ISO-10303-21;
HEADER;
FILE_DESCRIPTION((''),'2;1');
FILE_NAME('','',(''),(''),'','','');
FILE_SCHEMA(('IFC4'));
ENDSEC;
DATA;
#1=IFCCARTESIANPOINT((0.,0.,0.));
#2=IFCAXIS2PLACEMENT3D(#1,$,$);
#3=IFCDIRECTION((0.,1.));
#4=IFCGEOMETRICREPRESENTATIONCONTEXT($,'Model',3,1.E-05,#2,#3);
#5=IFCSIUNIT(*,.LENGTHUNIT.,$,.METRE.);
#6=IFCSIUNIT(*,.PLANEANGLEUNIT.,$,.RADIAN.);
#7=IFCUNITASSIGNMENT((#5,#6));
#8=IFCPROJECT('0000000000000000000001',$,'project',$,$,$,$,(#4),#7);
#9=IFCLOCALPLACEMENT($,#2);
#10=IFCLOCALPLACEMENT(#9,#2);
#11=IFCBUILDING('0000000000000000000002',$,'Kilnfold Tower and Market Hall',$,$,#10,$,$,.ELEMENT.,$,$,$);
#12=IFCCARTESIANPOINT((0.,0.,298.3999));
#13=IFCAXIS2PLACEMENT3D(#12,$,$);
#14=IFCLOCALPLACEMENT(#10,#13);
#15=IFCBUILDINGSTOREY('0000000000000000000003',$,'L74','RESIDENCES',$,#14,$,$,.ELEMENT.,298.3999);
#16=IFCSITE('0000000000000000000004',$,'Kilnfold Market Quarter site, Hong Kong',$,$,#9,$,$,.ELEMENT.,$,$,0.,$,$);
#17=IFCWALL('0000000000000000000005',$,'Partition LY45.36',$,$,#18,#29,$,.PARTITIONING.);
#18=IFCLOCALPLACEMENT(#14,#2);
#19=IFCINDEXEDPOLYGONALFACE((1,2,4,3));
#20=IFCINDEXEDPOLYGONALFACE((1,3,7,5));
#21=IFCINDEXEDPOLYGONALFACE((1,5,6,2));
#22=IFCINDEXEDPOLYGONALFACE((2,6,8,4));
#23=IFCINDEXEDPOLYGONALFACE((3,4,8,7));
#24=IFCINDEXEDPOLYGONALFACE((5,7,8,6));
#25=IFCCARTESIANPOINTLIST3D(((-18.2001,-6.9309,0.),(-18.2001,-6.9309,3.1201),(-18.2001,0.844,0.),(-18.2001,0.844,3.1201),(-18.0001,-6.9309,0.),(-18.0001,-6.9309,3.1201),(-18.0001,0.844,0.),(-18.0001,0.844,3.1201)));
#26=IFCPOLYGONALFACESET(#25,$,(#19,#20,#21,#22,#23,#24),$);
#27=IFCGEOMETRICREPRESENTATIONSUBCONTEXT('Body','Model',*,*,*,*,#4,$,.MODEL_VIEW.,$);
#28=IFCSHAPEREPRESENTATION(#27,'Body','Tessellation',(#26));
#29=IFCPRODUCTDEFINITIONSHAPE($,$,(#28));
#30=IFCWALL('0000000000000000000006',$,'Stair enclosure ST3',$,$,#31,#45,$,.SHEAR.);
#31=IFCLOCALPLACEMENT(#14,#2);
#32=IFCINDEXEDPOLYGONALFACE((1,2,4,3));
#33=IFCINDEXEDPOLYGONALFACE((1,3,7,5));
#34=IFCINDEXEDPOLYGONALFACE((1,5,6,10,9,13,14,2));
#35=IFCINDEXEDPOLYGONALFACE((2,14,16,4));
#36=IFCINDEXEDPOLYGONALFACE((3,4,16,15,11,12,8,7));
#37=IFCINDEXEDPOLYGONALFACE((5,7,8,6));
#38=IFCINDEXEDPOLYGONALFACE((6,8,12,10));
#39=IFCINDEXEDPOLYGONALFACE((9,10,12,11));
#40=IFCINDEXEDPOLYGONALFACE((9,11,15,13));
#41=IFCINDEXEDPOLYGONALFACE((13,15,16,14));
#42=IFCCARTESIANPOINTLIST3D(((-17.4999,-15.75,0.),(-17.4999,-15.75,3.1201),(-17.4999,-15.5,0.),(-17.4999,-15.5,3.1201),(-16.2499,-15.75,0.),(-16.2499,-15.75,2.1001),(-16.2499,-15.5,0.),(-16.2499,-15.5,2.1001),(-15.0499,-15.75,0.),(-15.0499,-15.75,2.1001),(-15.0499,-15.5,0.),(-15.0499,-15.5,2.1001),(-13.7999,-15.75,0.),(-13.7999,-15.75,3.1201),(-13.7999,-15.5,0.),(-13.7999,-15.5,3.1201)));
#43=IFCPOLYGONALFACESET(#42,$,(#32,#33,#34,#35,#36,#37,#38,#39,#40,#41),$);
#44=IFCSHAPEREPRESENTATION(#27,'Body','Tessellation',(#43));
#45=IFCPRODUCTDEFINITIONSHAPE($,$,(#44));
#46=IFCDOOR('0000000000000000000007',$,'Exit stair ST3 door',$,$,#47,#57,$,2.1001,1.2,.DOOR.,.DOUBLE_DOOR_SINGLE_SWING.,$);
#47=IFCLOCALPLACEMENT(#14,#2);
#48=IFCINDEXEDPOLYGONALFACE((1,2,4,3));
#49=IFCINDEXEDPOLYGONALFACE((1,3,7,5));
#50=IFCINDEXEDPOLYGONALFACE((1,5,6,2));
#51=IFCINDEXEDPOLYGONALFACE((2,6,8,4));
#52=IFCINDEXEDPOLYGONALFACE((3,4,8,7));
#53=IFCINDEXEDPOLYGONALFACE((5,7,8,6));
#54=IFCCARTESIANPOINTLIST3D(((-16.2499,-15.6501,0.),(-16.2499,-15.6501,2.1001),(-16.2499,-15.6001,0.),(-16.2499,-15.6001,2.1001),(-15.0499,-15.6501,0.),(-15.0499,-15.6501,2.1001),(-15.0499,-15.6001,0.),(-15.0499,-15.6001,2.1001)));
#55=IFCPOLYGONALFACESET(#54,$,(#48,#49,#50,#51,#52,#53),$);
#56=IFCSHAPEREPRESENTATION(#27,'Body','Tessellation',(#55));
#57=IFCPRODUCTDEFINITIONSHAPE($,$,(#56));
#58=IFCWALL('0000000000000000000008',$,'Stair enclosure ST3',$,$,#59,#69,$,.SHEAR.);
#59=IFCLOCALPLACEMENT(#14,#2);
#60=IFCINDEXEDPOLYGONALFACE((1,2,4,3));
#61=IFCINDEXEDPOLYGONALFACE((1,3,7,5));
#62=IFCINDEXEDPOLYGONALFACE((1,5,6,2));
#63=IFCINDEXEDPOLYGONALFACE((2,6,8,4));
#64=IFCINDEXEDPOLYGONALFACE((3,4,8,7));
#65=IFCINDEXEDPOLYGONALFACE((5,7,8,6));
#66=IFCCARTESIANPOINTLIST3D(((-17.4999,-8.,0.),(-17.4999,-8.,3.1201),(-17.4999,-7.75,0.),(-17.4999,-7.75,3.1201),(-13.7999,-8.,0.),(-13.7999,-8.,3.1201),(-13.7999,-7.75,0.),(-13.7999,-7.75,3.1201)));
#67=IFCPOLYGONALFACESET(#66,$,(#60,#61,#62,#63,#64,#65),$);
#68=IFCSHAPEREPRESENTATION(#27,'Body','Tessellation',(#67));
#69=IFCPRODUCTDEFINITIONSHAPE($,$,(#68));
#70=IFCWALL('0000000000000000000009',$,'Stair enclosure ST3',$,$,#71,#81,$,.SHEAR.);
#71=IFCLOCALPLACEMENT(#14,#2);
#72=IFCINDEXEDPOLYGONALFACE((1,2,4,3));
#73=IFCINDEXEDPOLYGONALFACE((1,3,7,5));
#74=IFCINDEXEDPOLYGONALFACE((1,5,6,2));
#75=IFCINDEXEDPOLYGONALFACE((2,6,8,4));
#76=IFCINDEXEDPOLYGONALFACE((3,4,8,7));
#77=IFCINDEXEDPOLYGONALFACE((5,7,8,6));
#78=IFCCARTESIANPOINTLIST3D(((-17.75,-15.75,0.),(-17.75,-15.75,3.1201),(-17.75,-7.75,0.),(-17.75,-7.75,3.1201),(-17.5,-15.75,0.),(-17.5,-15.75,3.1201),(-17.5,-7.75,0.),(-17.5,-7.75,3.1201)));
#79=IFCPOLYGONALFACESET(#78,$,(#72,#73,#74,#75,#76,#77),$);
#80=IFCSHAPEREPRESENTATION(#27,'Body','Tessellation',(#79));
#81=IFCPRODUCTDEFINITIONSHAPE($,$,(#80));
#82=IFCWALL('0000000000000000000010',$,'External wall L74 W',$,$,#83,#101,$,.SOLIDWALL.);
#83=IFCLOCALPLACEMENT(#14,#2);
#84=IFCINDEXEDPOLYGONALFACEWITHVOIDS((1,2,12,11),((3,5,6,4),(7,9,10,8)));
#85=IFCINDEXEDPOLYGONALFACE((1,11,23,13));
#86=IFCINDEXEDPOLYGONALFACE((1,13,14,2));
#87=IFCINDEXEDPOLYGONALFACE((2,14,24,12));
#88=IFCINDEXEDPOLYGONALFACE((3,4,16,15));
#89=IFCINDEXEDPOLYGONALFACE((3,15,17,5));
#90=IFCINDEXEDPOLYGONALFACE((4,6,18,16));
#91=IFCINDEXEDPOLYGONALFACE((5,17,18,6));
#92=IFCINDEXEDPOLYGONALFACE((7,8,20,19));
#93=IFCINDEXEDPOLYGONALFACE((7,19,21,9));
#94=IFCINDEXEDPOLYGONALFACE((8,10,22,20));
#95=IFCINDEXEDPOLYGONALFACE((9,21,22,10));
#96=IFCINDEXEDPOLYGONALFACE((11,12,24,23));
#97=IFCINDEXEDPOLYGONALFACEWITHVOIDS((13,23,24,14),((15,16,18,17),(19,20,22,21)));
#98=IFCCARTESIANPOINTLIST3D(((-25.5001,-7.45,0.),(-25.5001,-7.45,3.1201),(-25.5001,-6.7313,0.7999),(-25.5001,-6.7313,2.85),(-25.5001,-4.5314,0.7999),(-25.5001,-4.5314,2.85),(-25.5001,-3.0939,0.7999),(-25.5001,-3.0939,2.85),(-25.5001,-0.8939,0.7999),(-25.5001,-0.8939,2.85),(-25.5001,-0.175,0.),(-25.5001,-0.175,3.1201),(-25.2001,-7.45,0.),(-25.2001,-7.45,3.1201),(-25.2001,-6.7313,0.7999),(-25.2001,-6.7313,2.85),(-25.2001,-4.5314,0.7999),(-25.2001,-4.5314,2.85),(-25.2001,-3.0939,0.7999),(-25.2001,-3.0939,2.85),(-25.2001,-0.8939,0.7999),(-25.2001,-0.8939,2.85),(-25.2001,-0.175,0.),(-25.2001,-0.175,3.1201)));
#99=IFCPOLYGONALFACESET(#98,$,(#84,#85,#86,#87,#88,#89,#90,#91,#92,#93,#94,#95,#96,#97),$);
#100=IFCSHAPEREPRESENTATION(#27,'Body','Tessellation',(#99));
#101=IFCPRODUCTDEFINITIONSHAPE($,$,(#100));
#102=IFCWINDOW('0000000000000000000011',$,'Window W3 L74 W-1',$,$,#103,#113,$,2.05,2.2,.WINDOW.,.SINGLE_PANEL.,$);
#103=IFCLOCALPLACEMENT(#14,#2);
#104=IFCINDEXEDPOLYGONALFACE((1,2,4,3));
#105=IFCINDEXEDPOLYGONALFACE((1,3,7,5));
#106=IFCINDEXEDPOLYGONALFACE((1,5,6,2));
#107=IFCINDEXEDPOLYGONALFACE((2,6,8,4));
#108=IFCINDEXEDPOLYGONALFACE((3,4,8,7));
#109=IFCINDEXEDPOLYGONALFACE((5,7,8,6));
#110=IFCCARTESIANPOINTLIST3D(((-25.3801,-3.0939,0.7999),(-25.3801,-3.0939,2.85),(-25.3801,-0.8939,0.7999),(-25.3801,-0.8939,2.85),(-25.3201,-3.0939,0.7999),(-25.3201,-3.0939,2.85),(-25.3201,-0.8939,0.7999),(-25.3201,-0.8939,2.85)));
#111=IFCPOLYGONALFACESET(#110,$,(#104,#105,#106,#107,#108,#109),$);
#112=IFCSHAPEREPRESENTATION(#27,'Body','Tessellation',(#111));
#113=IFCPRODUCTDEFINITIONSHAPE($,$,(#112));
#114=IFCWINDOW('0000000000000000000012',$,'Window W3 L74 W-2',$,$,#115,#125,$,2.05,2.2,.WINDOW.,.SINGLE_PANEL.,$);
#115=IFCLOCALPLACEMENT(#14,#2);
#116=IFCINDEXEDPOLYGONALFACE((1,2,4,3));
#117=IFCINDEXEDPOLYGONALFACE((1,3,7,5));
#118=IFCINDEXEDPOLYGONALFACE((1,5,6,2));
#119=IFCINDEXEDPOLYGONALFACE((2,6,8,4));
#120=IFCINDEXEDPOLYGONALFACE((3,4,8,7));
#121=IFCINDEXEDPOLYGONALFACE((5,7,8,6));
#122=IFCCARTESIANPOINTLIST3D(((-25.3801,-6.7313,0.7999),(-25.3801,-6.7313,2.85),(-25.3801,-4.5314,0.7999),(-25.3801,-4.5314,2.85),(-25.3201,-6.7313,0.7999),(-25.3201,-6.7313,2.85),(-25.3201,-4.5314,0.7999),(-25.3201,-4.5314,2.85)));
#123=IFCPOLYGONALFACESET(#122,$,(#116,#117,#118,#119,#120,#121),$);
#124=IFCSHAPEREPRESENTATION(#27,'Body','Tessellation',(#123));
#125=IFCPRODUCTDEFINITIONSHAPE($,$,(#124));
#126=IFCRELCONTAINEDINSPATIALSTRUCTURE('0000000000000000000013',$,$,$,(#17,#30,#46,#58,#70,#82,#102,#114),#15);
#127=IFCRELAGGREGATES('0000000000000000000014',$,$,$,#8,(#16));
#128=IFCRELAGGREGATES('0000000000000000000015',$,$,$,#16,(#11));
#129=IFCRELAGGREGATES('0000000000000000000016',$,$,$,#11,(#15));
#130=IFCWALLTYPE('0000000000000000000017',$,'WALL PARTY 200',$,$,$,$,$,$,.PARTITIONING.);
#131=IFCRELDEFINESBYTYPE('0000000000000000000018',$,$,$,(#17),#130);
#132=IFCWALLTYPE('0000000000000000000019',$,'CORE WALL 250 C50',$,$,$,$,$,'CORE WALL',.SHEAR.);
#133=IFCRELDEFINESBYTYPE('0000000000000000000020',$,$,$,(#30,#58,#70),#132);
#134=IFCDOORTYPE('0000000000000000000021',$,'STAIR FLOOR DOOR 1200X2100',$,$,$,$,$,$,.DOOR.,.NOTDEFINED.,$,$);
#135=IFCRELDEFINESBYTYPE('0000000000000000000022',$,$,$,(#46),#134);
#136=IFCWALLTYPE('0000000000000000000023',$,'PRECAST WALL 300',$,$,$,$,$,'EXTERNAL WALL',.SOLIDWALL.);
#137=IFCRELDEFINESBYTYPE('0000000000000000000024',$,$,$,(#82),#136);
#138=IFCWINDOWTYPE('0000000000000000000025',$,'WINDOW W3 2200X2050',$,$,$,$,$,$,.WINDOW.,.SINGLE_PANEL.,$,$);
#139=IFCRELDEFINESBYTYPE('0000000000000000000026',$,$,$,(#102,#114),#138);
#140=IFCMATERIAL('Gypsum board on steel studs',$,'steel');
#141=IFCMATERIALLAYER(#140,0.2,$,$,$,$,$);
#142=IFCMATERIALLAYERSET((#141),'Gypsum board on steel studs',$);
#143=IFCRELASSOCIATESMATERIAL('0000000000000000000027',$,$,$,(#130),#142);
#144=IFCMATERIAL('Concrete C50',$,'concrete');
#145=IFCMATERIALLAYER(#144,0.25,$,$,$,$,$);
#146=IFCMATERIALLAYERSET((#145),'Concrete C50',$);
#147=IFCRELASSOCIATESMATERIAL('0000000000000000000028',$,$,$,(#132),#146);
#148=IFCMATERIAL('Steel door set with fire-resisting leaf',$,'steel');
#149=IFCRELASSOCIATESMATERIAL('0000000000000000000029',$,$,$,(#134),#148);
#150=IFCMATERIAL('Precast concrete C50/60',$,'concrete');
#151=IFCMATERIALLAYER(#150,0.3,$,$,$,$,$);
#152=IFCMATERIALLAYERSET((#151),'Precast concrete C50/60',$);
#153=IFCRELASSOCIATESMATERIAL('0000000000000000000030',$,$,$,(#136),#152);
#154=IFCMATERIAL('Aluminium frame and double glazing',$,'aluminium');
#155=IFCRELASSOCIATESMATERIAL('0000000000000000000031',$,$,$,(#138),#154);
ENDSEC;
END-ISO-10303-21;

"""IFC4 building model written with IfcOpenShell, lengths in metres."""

from ifc_helpers import new_model, si_unit, direction, frame, frame_2d, origin, place, context, subcontext, project, spatial, rectangle, extrude, source, transform, mapped, material, layer, layer_set, type_object, element, fill, save


model = new_model("IFC4")

# Units and contexts
model_context = context("Model", 3, precision=1e-05, world=origin(), true_north=direction((0.0, 1.0)))
body_context = subcontext(model_context, "Body", "Model", "MODEL_VIEW")
ifc_project = project(units=[si_unit("LENGTHUNIT", "METRE"), si_unit("PLANEANGLEUNIT", "RADIAN")], contexts=[model_context])

# Site, building, storey
site_placement = place(None, origin())
site = spatial("IfcSite", under=ifc_project, at=site_placement, Name="Kilnfold Market Quarter site, Hong Kong", CompositionType="ELEMENT", RefElevation=0.0)
building_placement = place(site_placement, origin())
building = spatial("IfcBuilding", under=site, at=building_placement, Name="Kilnfold Tower and Market Hall", CompositionType="ELEMENT")
storey_placement = place(building_placement, frame((0.0, 0.0, 298.3999)))
storey = spatial("IfcBuildingStorey", under=building, at=storey_placement, Name="L74", Description="RESIDENCES", CompositionType="ELEMENT", Elevation=298.3999)

# Wall
ifc_material_1 = material(Name="Gypsum board on steel studs", Category="steel")
ifc_layer_1 = layer(ifc_material_1, 0.2)
ifc_layer_set_1 = layer_set([ifc_layer_1], Name="Gypsum board on steel studs")
wall_type_1 = type_object("IfcWallType", Name="WALL PARTY 200", PredefinedType="PARTITIONING", material=ifc_layer_set_1)
wall_1_placement = place(storey_placement, frame((-18.1001, -6.9309, 0.0), z_axis=(0.0, 0.0, 1.0), x_axis=(0.0, 1.0, 0.0)))
element("IfcWall", 1, at=wall_1_placement, inside=storey, type_object=wall_type_1, Name="Partition LY45.36", PredefinedType="PARTITIONING", context=body_context, shape_type="SweptSolid", body=[
    extrude(rectangle(XDim=7.7749, YDim=0.2, at=frame_2d((3.8875, 0.0))), origin(), (0.0, 0.0, 1.0), 3.1201),
])

# Wall, opening, door
ifc_material_2 = material(Name="Concrete C50", Category="concrete")
ifc_layer_2 = layer(ifc_material_2, 0.25)
ifc_layer_set_2 = layer_set([ifc_layer_2], Name="Concrete C50")
wall_type_2 = type_object("IfcWallType", Name="CORE WALL 250 C50", ElementType="CORE WALL", PredefinedType="SHEAR", material=ifc_layer_set_2)
shared_shape_1 = source(origin(), body_context, "Body", "SweptSolid", [
    extrude(rectangle(XDim=3.7, YDim=0.25, at=frame_2d((1.8501, 0.0))), origin(), (0.0, 0.0, 1.0), 3.1201),
])
wall_2_placement = place(storey_placement, frame((-17.5, -15.625, 0.0), z_axis=(0.0, 0.0, 1.0), x_axis=(1.0, 0.0, 0.0)))
wall_2 = element("IfcWall", 2, at=wall_2_placement, inside=storey, type_object=wall_type_2, Name="Stair enclosure ST3", PredefinedType="SHEAR", context=body_context, shape_type="MappedRepresentation", body=[
    mapped(shared_shape_1, transform((0.0, 0.0, 0.0))),
])
opening_1_placement = place(wall_2_placement, frame((1.25, 0.0, 0.0)))
opening_1 = element("IfcOpeningElement", 3, at=opening_1_placement, cuts=wall_2, PredefinedType="OPENING", context=body_context, shape_type="SweptSolid", body=[
    extrude(rectangle(XDim=1.2, YDim=2.1001, at=frame_2d((0.6001, 1.05))), frame((0.0, 0.135, 0.0), z_axis=(0.0, -1.0, 0.0), x_axis=(1.0, 0.0, 0.0)), (0.0, 0.0, 1.0), 0.27),
])
ifc_material_3 = material(Name="Steel door set with fire-resisting leaf", Category="steel")
door_type_1 = type_object("IfcDoorType", Name="STAIR FLOOR DOOR 1200X2100", OperationType="NOTDEFINED", PredefinedType="DOOR", material=ifc_material_3)
door_1_placement = place(opening_1_placement, origin())
door_1 = element("IfcDoor", 4, at=door_1_placement, inside=storey, type_object=door_type_1, Name="Exit stair ST3 door", OperationType="DOUBLE_DOOR_SINGLE_SWING", OverallHeight=2.1001, OverallWidth=1.2, PredefinedType="DOOR", context=body_context, shape_type="SweptSolid", body=[
    extrude(rectangle(XDim=1.2, YDim=2.1001, at=frame_2d((0.6001, 1.05))), frame((0.0, 0.0249, 0.0), z_axis=(0.0, -1.0, 0.0), x_axis=(1.0, 0.0, 0.0)), (0.0, 0.0, 1.0), 0.05),
])
fill(opening_1, door_1)

# Walls
wall_3_placement = place(storey_placement, frame((-17.5, -7.875, 0.0), z_axis=(0.0, 0.0, 1.0), x_axis=(1.0, 0.0, 0.0)))
element("IfcWall", 5, at=wall_3_placement, inside=storey, type_object=wall_type_2, Name="Stair enclosure ST3", PredefinedType="SHEAR", context=body_context, shape_type="MappedRepresentation", body=[
    mapped(shared_shape_1, transform((0.0, 0.0, 0.0))),
])
shared_shape_2 = source(origin(), body_context, "Body", "SweptSolid", [
    extrude(rectangle(XDim=8.0, YDim=0.25, at=frame_2d((4.0, 0.0))), origin(), (0.0, 0.0, 1.0), 3.1201),
])
wall_4_placement = place(storey_placement, frame((-17.625, -15.75, 0.0), z_axis=(0.0, 0.0, 1.0), x_axis=(0.0, 1.0, 0.0)))
element("IfcWall", 6, at=wall_4_placement, inside=storey, type_object=wall_type_2, Name="Stair enclosure ST3", PredefinedType="SHEAR", context=body_context, shape_type="MappedRepresentation", body=[
    mapped(shared_shape_2, transform((0.0, 0.0, 0.0))),
])

# Wall, openings, windows
ifc_material_4 = material(Name="Precast concrete C50/60", Category="concrete")
ifc_layer_3 = layer(ifc_material_4, 0.3)
ifc_layer_set_3 = layer_set([ifc_layer_3], Name="Precast concrete C50/60")
wall_type_3 = type_object("IfcWallType", Name="PRECAST WALL 300", ElementType="EXTERNAL WALL", PredefinedType="SOLIDWALL", material=ifc_layer_set_3)
shared_shape_3 = source(origin(), body_context, "Body", "SweptSolid", [
    extrude(rectangle(XDim=7.2749, YDim=0.3, at=frame_2d((3.6375, 0.0))), origin(), (0.0, 0.0, 1.0), 3.1201),
])
wall_5_placement = place(storey_placement, frame((-25.3501, -0.175, 0.0), z_axis=(0.0, 0.0, 1.0), x_axis=(0.0, -1.0, 0.0)))
wall_5 = element("IfcWall", 7, at=wall_5_placement, inside=storey, type_object=wall_type_3, Name="External wall L74 W", PredefinedType="SOLIDWALL", context=body_context, shape_type="MappedRepresentation", body=[
    mapped(shared_shape_3, transform((0.0, 0.0, 0.0))),
])
opening_2_placement = place(wall_5_placement, frame((0.7188, 0.0, 0.8)))
opening_2 = element("IfcOpeningElement", 8, at=opening_2_placement, cuts=wall_5, PredefinedType="OPENING", context=body_context, shape_type="SweptSolid", body=[
    extrude(rectangle(XDim=2.2, YDim=2.05, at=frame_2d((1.1001, 1.0249))), frame((0.0, 0.1602, 0.0), z_axis=(0.0, -1.0, 0.0), x_axis=(1.0, 0.0, 0.0)), (0.0, 0.0, 1.0), 0.3201),
])
opening_3_placement = place(wall_5_placement, frame((4.3562, 0.0, 0.8)))
opening_3 = element("IfcOpeningElement", 9, at=opening_3_placement, cuts=wall_5, PredefinedType="OPENING", context=body_context, shape_type="SweptSolid", body=[
    extrude(rectangle(XDim=2.2, YDim=2.05, at=frame_2d((1.1001, 1.0249))), frame((0.0, 0.1602, 0.0), z_axis=(0.0, -1.0, 0.0), x_axis=(1.0, 0.0, 0.0)), (0.0, 0.0, 1.0), 0.3201),
])
ifc_material_5 = material(Name="Aluminium frame and double glazing", Category="aluminium")
window_type_1 = type_object("IfcWindowType", Name="WINDOW W3 2200X2050", PartitioningType="SINGLE_PANEL", PredefinedType="WINDOW", material=ifc_material_5)
window_1_placement = place(opening_2_placement, origin())
window_1 = element("IfcWindow", 10, at=window_1_placement, inside=storey, type_object=window_type_1, Name="Window W3 L74 W-1", OverallHeight=2.05, OverallWidth=2.2, PartitioningType="SINGLE_PANEL", PredefinedType="WINDOW", context=body_context, shape_type="SweptSolid", body=[
    extrude(rectangle(XDim=2.2, YDim=2.05, at=frame_2d((1.1001, 1.0249))), frame((0.0, 0.03, 0.0), z_axis=(0.0, -1.0, 0.0), x_axis=(1.0, 0.0, 0.0)), (0.0, 0.0, 1.0), 0.0601),
])
fill(opening_2, window_1)
window_2_placement = place(opening_3_placement, origin())
window_2 = element("IfcWindow", 11, at=window_2_placement, inside=storey, type_object=window_type_1, Name="Window W3 L74 W-2", OverallHeight=2.05, OverallWidth=2.2, PartitioningType="SINGLE_PANEL", PredefinedType="WINDOW", context=body_context, shape_type="SweptSolid", body=[
    extrude(rectangle(XDim=2.2, YDim=2.05, at=frame_2d((1.1001, 1.0249))), frame((0.0, 0.03, 0.0), z_axis=(0.0, -1.0, 0.0), x_axis=(1.0, 0.0, 0.0)), (0.0, 0.0, 1.0), 0.0601),
])
fill(opening_3, window_2)

save(model, "model.ifc")
